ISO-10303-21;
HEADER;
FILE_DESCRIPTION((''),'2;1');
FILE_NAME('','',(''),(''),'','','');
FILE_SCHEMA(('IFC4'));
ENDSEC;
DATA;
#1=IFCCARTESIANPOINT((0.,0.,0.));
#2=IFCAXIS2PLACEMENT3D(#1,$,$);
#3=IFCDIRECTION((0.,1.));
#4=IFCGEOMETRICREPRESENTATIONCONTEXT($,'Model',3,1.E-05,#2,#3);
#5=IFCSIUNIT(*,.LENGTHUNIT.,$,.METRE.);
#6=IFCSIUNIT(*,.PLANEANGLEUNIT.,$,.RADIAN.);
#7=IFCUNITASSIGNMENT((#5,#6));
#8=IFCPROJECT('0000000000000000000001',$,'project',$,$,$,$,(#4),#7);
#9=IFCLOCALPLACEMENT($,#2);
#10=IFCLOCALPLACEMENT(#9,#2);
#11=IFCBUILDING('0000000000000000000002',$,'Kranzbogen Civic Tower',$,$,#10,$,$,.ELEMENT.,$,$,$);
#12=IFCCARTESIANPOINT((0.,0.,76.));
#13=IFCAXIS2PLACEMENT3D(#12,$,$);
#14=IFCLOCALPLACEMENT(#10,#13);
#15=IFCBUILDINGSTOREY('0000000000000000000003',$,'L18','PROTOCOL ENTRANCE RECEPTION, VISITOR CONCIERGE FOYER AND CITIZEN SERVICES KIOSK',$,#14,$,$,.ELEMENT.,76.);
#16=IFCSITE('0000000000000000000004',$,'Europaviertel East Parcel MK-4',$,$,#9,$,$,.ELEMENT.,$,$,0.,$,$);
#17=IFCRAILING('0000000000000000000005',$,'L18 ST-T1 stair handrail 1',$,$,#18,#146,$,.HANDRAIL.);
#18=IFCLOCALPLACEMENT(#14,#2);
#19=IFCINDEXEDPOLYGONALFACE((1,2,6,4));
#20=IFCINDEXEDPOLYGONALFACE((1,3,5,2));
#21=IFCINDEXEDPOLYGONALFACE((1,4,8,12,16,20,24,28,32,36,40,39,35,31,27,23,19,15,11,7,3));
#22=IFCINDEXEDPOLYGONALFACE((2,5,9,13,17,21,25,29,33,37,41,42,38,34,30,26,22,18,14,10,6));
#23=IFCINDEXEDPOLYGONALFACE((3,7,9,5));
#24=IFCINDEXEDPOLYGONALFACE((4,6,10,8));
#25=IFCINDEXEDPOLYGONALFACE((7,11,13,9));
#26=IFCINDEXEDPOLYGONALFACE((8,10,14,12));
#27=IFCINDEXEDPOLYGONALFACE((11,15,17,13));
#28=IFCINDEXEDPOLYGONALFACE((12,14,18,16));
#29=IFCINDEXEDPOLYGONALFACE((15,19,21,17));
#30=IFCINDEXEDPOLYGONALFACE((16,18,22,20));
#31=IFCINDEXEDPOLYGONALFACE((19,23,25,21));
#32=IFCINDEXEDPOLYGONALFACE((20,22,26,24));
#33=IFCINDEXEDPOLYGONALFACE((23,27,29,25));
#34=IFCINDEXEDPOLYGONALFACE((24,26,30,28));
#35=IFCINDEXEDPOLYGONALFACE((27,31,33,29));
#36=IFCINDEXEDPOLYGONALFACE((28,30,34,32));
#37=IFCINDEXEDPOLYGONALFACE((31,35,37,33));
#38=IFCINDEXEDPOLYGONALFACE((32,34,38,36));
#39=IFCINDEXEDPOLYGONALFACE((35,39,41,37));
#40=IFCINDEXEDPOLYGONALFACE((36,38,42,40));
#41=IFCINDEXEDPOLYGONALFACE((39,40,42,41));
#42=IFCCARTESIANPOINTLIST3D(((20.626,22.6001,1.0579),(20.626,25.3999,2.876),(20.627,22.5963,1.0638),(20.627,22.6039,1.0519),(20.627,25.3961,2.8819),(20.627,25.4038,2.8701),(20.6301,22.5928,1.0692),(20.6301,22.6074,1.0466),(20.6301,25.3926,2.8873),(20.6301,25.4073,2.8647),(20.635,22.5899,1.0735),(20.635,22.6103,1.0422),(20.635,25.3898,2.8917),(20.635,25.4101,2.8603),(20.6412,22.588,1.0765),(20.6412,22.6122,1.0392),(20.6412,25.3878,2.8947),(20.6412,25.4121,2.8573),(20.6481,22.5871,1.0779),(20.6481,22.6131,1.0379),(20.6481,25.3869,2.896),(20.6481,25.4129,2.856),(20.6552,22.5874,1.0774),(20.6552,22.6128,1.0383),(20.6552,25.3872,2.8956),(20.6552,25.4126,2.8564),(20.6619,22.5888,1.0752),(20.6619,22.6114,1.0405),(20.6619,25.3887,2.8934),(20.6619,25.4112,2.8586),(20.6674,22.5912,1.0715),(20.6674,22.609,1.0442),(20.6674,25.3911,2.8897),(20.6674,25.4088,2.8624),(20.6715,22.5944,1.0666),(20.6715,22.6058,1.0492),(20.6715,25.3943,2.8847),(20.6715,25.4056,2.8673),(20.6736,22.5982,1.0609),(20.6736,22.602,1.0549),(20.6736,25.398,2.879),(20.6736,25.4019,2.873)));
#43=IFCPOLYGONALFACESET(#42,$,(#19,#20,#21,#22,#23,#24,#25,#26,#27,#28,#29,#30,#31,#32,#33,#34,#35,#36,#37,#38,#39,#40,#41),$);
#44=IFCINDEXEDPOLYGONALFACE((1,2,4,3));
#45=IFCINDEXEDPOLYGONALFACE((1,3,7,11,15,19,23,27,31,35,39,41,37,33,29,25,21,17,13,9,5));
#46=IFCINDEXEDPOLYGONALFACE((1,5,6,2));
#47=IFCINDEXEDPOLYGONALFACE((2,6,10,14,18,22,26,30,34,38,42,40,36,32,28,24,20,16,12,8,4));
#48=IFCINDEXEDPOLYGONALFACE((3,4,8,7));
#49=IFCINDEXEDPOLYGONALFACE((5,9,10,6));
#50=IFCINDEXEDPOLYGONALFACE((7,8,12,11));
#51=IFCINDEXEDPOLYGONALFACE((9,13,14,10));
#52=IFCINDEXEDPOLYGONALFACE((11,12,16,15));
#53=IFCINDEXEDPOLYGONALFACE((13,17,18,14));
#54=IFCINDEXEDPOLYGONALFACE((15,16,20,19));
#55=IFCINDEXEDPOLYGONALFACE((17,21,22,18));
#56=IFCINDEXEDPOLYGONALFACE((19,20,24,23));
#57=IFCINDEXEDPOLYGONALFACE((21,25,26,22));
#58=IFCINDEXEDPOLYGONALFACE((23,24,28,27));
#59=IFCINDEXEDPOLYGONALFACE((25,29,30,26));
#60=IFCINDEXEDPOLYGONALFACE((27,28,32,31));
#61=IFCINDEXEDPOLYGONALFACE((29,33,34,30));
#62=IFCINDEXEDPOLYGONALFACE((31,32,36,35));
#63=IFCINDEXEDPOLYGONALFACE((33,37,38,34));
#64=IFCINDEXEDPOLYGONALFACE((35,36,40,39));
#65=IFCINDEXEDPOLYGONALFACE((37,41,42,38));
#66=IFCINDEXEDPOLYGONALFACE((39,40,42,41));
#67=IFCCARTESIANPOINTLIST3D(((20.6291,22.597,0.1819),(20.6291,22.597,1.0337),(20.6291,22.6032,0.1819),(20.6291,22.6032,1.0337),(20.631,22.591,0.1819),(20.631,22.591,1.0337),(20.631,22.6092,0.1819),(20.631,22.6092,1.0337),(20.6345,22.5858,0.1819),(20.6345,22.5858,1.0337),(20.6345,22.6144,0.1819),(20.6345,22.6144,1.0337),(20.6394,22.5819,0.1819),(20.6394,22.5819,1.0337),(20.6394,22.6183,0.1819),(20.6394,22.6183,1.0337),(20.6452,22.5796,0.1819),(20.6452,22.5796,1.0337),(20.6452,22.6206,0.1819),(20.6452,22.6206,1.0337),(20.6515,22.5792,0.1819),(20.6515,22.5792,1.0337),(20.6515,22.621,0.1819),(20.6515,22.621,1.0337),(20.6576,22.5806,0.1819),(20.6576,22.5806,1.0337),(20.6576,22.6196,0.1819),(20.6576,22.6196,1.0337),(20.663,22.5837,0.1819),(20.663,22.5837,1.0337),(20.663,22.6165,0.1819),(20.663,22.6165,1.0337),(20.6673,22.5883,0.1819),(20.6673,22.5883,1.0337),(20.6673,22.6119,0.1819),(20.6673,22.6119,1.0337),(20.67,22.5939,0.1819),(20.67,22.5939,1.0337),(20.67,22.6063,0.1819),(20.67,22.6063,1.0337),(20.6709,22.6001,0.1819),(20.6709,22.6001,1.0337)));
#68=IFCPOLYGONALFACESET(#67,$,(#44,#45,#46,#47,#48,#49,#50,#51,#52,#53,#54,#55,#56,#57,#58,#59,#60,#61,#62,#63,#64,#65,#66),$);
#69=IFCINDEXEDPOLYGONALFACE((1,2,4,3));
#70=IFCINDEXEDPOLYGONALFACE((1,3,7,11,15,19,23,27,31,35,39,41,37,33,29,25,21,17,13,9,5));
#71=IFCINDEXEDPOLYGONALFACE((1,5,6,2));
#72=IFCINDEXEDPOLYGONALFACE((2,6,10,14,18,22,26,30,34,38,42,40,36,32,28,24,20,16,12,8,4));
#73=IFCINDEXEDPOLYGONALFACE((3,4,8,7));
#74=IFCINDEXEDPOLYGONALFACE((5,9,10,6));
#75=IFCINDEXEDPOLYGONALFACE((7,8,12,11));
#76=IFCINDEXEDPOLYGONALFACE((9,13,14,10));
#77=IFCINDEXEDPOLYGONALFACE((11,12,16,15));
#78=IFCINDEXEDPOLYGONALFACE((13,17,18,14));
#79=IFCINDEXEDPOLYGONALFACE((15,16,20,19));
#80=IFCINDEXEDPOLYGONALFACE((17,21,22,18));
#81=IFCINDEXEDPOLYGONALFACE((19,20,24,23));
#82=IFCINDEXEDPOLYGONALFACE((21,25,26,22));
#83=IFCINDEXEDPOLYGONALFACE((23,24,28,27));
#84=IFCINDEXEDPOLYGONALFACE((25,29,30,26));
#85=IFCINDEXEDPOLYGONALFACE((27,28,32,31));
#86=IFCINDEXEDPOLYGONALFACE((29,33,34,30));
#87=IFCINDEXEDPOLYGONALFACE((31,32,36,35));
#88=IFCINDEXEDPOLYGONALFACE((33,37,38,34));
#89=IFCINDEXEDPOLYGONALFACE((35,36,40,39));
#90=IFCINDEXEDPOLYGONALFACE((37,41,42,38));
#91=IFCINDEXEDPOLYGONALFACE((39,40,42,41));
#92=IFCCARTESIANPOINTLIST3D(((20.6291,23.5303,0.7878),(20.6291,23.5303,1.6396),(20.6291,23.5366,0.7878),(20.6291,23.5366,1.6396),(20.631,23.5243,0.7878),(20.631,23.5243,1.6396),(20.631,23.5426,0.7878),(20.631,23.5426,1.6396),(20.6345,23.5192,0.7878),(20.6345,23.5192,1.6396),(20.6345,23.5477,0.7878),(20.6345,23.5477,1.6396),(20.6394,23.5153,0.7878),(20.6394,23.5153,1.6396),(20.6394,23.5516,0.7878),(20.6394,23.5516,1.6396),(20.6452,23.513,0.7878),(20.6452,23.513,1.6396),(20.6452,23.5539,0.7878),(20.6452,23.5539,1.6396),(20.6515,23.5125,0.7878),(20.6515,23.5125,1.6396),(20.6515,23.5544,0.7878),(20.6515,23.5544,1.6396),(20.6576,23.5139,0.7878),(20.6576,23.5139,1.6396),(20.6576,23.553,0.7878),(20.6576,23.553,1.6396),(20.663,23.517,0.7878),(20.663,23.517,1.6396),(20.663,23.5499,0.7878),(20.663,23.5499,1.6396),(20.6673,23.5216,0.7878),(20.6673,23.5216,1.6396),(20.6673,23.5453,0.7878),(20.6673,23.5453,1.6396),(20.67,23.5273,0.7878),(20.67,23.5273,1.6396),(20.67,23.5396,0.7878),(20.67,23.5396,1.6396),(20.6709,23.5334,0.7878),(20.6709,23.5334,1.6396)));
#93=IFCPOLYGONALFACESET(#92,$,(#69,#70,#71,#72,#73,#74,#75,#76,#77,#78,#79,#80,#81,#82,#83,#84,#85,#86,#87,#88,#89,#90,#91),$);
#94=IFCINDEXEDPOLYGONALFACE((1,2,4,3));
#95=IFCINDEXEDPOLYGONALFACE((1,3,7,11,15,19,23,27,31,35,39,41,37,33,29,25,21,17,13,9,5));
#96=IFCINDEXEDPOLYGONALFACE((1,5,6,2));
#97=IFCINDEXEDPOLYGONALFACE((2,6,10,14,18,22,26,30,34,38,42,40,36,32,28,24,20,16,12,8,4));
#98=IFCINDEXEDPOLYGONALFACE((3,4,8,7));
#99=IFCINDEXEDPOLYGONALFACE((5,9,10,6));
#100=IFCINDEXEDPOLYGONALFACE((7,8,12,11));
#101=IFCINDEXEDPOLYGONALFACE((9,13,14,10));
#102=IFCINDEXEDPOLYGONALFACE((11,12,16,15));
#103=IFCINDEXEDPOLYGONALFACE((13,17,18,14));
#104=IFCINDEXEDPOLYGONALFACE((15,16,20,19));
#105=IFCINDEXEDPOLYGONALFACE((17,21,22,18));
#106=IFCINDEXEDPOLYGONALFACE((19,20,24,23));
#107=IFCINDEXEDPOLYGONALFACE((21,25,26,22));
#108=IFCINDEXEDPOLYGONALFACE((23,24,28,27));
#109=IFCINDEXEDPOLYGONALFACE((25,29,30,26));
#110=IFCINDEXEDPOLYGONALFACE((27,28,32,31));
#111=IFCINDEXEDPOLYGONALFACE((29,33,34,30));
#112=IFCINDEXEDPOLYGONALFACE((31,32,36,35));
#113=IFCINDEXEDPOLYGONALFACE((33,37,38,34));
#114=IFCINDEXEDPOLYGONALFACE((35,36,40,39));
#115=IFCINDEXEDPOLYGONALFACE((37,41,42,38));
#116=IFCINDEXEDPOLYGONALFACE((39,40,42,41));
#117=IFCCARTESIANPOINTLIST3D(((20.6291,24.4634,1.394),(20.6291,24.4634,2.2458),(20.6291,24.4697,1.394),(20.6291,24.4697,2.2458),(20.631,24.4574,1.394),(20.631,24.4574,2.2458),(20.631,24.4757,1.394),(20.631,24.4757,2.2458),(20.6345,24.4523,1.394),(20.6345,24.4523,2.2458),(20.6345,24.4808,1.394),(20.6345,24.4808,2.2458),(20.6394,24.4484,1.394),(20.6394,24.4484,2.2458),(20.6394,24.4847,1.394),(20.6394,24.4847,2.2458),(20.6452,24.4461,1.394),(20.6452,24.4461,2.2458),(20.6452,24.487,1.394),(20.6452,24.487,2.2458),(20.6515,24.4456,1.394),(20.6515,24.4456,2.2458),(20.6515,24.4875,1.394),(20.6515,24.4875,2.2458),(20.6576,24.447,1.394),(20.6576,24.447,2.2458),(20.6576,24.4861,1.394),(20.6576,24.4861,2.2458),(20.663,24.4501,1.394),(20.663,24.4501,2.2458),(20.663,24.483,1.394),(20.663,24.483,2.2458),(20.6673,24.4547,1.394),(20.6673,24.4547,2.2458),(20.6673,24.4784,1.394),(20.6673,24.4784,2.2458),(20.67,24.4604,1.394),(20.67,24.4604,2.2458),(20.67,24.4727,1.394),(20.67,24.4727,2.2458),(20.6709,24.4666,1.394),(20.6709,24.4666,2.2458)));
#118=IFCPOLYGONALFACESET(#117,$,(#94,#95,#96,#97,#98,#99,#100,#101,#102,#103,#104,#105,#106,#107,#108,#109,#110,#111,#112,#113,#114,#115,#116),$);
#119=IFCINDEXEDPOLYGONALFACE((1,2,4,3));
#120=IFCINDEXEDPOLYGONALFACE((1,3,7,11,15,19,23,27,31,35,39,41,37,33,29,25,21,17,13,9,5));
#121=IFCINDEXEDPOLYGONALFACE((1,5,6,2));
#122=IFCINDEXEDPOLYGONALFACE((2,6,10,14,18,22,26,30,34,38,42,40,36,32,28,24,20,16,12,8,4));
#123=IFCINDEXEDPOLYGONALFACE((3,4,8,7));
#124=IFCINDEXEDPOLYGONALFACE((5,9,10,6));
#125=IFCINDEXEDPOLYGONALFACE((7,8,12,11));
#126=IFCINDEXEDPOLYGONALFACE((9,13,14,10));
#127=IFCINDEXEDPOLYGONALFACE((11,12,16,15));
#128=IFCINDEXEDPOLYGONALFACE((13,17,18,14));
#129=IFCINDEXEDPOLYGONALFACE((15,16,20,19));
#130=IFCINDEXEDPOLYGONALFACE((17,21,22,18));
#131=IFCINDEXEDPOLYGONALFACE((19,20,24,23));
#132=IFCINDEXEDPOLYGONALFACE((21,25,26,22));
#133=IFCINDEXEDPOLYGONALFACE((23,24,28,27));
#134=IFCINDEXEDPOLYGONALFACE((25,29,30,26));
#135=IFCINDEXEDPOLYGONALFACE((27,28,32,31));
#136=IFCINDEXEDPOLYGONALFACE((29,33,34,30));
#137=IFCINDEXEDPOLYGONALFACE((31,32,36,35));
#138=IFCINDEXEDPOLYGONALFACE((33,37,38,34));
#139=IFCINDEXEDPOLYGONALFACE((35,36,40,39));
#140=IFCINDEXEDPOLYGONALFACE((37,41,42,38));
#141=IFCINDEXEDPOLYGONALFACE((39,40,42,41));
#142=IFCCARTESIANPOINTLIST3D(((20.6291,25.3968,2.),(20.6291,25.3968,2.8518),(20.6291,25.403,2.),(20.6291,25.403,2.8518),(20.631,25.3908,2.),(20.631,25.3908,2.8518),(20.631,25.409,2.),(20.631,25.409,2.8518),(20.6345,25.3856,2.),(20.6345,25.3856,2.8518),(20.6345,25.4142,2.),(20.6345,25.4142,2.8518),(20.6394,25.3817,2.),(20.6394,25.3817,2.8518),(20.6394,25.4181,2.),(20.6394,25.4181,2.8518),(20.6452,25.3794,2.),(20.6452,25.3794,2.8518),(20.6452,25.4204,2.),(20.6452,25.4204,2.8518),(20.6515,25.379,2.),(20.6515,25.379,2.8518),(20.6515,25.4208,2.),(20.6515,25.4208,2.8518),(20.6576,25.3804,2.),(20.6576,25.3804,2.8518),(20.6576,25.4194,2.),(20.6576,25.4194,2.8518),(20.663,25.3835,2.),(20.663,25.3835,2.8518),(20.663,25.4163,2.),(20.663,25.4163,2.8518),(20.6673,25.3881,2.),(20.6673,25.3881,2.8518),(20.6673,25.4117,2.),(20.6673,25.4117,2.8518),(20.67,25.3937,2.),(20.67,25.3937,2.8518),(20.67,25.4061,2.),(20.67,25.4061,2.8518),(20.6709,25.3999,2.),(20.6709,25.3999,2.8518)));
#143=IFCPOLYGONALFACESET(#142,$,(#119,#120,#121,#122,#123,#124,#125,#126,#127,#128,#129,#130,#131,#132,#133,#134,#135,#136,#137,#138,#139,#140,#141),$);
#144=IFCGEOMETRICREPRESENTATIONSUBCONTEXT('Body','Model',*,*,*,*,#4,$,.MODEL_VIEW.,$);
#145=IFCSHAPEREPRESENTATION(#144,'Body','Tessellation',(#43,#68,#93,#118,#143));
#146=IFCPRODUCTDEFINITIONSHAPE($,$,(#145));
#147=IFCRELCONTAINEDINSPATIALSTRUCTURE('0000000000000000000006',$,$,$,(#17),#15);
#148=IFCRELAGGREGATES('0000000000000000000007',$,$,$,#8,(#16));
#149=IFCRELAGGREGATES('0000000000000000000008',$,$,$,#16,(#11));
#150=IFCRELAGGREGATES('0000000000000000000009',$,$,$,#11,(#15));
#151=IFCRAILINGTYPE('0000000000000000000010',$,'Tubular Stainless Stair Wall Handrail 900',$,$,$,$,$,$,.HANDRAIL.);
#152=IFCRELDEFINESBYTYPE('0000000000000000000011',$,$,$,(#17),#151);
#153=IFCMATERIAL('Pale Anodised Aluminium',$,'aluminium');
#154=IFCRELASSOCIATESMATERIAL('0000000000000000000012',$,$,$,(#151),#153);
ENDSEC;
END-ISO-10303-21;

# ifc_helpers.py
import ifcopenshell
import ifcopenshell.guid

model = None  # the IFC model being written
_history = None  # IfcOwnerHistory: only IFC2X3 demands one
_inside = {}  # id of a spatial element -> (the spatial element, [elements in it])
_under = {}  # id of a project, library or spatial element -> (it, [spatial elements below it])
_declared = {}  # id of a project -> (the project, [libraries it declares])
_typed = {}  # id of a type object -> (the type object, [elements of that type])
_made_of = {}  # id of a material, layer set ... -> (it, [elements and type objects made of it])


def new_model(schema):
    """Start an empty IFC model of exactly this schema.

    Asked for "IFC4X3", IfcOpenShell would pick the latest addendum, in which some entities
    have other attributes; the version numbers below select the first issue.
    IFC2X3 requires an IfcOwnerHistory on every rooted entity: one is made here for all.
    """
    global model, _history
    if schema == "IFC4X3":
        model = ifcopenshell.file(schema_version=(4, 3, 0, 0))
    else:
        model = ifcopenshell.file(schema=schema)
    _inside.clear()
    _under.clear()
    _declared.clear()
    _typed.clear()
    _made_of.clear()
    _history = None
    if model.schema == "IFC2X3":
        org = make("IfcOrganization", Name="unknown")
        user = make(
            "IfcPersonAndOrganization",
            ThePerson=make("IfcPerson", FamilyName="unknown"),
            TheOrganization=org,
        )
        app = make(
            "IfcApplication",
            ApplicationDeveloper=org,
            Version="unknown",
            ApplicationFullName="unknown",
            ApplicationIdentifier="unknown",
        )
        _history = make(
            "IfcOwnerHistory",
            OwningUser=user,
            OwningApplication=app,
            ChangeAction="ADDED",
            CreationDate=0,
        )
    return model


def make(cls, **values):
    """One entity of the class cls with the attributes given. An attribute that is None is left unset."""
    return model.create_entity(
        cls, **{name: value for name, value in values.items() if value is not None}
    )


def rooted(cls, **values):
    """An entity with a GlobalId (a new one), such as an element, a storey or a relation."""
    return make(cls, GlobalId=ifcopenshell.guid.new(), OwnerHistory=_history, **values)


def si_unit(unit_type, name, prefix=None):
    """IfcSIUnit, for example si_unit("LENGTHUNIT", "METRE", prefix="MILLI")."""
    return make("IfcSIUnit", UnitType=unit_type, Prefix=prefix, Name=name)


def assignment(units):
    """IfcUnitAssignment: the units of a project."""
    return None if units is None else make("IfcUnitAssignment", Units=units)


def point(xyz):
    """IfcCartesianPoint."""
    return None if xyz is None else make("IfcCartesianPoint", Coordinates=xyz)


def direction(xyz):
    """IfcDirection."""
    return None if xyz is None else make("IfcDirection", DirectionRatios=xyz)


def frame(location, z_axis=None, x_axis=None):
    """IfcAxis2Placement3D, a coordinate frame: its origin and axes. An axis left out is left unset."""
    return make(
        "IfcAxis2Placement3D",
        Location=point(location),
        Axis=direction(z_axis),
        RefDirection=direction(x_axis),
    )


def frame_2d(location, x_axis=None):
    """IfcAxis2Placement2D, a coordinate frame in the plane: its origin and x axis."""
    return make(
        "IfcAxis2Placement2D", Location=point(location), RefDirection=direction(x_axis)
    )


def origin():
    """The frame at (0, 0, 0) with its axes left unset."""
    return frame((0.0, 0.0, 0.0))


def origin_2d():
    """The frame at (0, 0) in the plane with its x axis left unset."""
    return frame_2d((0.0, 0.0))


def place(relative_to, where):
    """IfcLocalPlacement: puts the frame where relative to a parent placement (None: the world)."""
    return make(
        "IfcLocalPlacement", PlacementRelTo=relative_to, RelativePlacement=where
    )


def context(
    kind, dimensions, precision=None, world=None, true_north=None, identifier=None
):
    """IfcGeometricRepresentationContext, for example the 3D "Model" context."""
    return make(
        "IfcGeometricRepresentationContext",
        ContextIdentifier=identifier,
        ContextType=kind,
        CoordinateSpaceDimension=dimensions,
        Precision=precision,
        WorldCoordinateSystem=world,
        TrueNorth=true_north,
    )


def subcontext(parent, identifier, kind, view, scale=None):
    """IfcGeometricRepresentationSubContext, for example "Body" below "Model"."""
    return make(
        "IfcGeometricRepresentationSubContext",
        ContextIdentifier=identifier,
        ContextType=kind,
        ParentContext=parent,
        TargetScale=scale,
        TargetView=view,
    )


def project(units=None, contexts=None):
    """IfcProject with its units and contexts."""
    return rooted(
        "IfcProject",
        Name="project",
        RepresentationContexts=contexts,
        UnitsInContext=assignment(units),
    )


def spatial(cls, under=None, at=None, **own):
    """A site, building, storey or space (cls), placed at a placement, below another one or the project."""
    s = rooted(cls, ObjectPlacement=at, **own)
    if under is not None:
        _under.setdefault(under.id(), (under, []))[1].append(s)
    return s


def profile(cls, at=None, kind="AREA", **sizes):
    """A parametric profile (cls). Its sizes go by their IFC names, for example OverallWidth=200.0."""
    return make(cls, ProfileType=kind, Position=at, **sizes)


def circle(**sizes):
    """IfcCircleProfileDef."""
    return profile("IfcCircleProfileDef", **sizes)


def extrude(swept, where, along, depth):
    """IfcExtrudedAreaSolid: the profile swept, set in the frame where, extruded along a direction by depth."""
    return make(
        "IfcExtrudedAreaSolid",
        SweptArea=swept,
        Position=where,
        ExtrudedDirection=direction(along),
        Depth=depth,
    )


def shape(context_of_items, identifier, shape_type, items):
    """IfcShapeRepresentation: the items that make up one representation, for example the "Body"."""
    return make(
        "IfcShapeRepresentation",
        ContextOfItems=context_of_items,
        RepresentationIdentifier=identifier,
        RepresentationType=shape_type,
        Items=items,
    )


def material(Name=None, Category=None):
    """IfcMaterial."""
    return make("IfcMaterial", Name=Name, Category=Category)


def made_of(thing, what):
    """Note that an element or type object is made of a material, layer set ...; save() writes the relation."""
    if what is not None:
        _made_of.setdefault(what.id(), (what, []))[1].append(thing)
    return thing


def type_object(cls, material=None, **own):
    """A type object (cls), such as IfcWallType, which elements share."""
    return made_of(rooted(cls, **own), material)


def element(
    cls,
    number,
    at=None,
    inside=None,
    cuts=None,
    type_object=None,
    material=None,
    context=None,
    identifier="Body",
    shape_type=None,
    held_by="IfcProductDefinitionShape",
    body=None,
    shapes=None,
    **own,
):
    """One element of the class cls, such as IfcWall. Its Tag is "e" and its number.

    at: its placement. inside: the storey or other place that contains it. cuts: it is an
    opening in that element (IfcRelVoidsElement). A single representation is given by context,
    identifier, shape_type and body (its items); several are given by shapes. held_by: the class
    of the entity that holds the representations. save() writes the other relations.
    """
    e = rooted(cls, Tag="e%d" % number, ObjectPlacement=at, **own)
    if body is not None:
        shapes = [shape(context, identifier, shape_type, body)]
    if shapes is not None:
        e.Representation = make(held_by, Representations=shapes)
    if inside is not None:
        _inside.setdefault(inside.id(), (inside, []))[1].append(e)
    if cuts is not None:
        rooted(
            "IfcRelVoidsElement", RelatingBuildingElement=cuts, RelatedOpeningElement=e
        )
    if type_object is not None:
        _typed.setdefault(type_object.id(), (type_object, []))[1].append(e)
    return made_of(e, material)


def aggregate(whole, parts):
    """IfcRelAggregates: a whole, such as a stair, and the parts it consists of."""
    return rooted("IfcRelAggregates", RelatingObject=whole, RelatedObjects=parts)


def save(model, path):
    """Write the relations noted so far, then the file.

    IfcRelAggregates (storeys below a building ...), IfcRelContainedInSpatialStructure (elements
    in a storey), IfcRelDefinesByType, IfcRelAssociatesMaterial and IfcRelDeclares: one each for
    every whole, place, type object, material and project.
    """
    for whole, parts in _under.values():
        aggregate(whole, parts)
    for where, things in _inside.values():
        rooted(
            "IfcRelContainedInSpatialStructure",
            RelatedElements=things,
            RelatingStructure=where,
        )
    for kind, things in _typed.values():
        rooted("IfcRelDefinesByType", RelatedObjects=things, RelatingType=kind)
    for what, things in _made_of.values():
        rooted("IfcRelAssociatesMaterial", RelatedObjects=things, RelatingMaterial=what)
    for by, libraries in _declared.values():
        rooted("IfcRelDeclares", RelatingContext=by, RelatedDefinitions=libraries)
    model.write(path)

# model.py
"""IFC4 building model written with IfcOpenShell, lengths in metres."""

from ifc_helpers import new_model, si_unit, direction, frame, origin, origin_2d, place, context, subcontext, project, spatial, circle, extrude, material, type_object, element, save


model = new_model("IFC4")

# Units and contexts
model_context = context("Model", 3, precision=1e-05, world=origin(), true_north=direction((0.0, 1.0)))
body_context = subcontext(model_context, "Body", "Model", "MODEL_VIEW")
ifc_project = project(units=[si_unit("LENGTHUNIT", "METRE"), si_unit("PLANEANGLEUNIT", "RADIAN")], contexts=[model_context])

# Site, building, storey
site_placement = place(None, origin())
site = spatial("IfcSite", under=ifc_project, at=site_placement, Name="Europaviertel East Parcel MK-4", CompositionType="ELEMENT", RefElevation=0.0)
building_placement = place(site_placement, origin())
building = spatial("IfcBuilding", under=site, at=building_placement, Name="Kranzbogen Civic Tower", CompositionType="ELEMENT")
storey_placement = place(building_placement, frame((0.0, 0.0, 76.0)))
storey = spatial("IfcBuildingStorey", under=building, at=storey_placement, Name="L18", Description="PROTOCOL ENTRANCE RECEPTION, VISITOR CONCIERGE FOYER AND CITIZEN SERVICES KIOSK", CompositionType="ELEMENT", Elevation=76.0)

# Shared definitions
ifc_material_1 = material(Name="Pale Anodised Aluminium", Category="aluminium")

# Railing
railing_type_1 = type_object("IfcRailingType", Name="Tubular Stainless Stair Wall Handrail 900", PredefinedType="HANDRAIL", material=ifc_material_1)
railing_1_placement = place(storey_placement, frame((20.6499, 22.6001, 0.1819)))
element("IfcRailing", 1, at=railing_1_placement, inside=storey, type_object=railing_type_1, Name="L18 ST-T1 stair handrail 1", PredefinedType="HANDRAIL", context=body_context, shape_type="SweptSolid", body=[
    extrude(circle(Radius=0.0239, at=origin_2d()), frame((0.0, 0.0, 0.876), z_axis=(0.0, 0.838684, 0.544618), x_axis=(-1.0, 0.0, 0.0)), (0.0, 0.0, 1.0), 3.3384),
    extrude(circle(Radius=0.021, at=origin_2d()), origin(), (0.0, 0.0, 1.0), 0.8518),
    extrude(circle(Radius=0.021, at=origin_2d()), frame((0.0, 0.9333, 0.606)), (0.0, 0.0, 1.0), 0.8518),
    extrude(circle(Radius=0.021, at=origin_2d()), frame((0.0, 1.8665, 1.2122)), (0.0, 0.0, 1.0), 0.8518),
    extrude(circle(Radius=0.021, at=origin_2d()), frame((0.0, 2.7998, 1.8181)), (0.0, 0.0, 1.0), 0.8518),
])

save(model, "model.ifc")
